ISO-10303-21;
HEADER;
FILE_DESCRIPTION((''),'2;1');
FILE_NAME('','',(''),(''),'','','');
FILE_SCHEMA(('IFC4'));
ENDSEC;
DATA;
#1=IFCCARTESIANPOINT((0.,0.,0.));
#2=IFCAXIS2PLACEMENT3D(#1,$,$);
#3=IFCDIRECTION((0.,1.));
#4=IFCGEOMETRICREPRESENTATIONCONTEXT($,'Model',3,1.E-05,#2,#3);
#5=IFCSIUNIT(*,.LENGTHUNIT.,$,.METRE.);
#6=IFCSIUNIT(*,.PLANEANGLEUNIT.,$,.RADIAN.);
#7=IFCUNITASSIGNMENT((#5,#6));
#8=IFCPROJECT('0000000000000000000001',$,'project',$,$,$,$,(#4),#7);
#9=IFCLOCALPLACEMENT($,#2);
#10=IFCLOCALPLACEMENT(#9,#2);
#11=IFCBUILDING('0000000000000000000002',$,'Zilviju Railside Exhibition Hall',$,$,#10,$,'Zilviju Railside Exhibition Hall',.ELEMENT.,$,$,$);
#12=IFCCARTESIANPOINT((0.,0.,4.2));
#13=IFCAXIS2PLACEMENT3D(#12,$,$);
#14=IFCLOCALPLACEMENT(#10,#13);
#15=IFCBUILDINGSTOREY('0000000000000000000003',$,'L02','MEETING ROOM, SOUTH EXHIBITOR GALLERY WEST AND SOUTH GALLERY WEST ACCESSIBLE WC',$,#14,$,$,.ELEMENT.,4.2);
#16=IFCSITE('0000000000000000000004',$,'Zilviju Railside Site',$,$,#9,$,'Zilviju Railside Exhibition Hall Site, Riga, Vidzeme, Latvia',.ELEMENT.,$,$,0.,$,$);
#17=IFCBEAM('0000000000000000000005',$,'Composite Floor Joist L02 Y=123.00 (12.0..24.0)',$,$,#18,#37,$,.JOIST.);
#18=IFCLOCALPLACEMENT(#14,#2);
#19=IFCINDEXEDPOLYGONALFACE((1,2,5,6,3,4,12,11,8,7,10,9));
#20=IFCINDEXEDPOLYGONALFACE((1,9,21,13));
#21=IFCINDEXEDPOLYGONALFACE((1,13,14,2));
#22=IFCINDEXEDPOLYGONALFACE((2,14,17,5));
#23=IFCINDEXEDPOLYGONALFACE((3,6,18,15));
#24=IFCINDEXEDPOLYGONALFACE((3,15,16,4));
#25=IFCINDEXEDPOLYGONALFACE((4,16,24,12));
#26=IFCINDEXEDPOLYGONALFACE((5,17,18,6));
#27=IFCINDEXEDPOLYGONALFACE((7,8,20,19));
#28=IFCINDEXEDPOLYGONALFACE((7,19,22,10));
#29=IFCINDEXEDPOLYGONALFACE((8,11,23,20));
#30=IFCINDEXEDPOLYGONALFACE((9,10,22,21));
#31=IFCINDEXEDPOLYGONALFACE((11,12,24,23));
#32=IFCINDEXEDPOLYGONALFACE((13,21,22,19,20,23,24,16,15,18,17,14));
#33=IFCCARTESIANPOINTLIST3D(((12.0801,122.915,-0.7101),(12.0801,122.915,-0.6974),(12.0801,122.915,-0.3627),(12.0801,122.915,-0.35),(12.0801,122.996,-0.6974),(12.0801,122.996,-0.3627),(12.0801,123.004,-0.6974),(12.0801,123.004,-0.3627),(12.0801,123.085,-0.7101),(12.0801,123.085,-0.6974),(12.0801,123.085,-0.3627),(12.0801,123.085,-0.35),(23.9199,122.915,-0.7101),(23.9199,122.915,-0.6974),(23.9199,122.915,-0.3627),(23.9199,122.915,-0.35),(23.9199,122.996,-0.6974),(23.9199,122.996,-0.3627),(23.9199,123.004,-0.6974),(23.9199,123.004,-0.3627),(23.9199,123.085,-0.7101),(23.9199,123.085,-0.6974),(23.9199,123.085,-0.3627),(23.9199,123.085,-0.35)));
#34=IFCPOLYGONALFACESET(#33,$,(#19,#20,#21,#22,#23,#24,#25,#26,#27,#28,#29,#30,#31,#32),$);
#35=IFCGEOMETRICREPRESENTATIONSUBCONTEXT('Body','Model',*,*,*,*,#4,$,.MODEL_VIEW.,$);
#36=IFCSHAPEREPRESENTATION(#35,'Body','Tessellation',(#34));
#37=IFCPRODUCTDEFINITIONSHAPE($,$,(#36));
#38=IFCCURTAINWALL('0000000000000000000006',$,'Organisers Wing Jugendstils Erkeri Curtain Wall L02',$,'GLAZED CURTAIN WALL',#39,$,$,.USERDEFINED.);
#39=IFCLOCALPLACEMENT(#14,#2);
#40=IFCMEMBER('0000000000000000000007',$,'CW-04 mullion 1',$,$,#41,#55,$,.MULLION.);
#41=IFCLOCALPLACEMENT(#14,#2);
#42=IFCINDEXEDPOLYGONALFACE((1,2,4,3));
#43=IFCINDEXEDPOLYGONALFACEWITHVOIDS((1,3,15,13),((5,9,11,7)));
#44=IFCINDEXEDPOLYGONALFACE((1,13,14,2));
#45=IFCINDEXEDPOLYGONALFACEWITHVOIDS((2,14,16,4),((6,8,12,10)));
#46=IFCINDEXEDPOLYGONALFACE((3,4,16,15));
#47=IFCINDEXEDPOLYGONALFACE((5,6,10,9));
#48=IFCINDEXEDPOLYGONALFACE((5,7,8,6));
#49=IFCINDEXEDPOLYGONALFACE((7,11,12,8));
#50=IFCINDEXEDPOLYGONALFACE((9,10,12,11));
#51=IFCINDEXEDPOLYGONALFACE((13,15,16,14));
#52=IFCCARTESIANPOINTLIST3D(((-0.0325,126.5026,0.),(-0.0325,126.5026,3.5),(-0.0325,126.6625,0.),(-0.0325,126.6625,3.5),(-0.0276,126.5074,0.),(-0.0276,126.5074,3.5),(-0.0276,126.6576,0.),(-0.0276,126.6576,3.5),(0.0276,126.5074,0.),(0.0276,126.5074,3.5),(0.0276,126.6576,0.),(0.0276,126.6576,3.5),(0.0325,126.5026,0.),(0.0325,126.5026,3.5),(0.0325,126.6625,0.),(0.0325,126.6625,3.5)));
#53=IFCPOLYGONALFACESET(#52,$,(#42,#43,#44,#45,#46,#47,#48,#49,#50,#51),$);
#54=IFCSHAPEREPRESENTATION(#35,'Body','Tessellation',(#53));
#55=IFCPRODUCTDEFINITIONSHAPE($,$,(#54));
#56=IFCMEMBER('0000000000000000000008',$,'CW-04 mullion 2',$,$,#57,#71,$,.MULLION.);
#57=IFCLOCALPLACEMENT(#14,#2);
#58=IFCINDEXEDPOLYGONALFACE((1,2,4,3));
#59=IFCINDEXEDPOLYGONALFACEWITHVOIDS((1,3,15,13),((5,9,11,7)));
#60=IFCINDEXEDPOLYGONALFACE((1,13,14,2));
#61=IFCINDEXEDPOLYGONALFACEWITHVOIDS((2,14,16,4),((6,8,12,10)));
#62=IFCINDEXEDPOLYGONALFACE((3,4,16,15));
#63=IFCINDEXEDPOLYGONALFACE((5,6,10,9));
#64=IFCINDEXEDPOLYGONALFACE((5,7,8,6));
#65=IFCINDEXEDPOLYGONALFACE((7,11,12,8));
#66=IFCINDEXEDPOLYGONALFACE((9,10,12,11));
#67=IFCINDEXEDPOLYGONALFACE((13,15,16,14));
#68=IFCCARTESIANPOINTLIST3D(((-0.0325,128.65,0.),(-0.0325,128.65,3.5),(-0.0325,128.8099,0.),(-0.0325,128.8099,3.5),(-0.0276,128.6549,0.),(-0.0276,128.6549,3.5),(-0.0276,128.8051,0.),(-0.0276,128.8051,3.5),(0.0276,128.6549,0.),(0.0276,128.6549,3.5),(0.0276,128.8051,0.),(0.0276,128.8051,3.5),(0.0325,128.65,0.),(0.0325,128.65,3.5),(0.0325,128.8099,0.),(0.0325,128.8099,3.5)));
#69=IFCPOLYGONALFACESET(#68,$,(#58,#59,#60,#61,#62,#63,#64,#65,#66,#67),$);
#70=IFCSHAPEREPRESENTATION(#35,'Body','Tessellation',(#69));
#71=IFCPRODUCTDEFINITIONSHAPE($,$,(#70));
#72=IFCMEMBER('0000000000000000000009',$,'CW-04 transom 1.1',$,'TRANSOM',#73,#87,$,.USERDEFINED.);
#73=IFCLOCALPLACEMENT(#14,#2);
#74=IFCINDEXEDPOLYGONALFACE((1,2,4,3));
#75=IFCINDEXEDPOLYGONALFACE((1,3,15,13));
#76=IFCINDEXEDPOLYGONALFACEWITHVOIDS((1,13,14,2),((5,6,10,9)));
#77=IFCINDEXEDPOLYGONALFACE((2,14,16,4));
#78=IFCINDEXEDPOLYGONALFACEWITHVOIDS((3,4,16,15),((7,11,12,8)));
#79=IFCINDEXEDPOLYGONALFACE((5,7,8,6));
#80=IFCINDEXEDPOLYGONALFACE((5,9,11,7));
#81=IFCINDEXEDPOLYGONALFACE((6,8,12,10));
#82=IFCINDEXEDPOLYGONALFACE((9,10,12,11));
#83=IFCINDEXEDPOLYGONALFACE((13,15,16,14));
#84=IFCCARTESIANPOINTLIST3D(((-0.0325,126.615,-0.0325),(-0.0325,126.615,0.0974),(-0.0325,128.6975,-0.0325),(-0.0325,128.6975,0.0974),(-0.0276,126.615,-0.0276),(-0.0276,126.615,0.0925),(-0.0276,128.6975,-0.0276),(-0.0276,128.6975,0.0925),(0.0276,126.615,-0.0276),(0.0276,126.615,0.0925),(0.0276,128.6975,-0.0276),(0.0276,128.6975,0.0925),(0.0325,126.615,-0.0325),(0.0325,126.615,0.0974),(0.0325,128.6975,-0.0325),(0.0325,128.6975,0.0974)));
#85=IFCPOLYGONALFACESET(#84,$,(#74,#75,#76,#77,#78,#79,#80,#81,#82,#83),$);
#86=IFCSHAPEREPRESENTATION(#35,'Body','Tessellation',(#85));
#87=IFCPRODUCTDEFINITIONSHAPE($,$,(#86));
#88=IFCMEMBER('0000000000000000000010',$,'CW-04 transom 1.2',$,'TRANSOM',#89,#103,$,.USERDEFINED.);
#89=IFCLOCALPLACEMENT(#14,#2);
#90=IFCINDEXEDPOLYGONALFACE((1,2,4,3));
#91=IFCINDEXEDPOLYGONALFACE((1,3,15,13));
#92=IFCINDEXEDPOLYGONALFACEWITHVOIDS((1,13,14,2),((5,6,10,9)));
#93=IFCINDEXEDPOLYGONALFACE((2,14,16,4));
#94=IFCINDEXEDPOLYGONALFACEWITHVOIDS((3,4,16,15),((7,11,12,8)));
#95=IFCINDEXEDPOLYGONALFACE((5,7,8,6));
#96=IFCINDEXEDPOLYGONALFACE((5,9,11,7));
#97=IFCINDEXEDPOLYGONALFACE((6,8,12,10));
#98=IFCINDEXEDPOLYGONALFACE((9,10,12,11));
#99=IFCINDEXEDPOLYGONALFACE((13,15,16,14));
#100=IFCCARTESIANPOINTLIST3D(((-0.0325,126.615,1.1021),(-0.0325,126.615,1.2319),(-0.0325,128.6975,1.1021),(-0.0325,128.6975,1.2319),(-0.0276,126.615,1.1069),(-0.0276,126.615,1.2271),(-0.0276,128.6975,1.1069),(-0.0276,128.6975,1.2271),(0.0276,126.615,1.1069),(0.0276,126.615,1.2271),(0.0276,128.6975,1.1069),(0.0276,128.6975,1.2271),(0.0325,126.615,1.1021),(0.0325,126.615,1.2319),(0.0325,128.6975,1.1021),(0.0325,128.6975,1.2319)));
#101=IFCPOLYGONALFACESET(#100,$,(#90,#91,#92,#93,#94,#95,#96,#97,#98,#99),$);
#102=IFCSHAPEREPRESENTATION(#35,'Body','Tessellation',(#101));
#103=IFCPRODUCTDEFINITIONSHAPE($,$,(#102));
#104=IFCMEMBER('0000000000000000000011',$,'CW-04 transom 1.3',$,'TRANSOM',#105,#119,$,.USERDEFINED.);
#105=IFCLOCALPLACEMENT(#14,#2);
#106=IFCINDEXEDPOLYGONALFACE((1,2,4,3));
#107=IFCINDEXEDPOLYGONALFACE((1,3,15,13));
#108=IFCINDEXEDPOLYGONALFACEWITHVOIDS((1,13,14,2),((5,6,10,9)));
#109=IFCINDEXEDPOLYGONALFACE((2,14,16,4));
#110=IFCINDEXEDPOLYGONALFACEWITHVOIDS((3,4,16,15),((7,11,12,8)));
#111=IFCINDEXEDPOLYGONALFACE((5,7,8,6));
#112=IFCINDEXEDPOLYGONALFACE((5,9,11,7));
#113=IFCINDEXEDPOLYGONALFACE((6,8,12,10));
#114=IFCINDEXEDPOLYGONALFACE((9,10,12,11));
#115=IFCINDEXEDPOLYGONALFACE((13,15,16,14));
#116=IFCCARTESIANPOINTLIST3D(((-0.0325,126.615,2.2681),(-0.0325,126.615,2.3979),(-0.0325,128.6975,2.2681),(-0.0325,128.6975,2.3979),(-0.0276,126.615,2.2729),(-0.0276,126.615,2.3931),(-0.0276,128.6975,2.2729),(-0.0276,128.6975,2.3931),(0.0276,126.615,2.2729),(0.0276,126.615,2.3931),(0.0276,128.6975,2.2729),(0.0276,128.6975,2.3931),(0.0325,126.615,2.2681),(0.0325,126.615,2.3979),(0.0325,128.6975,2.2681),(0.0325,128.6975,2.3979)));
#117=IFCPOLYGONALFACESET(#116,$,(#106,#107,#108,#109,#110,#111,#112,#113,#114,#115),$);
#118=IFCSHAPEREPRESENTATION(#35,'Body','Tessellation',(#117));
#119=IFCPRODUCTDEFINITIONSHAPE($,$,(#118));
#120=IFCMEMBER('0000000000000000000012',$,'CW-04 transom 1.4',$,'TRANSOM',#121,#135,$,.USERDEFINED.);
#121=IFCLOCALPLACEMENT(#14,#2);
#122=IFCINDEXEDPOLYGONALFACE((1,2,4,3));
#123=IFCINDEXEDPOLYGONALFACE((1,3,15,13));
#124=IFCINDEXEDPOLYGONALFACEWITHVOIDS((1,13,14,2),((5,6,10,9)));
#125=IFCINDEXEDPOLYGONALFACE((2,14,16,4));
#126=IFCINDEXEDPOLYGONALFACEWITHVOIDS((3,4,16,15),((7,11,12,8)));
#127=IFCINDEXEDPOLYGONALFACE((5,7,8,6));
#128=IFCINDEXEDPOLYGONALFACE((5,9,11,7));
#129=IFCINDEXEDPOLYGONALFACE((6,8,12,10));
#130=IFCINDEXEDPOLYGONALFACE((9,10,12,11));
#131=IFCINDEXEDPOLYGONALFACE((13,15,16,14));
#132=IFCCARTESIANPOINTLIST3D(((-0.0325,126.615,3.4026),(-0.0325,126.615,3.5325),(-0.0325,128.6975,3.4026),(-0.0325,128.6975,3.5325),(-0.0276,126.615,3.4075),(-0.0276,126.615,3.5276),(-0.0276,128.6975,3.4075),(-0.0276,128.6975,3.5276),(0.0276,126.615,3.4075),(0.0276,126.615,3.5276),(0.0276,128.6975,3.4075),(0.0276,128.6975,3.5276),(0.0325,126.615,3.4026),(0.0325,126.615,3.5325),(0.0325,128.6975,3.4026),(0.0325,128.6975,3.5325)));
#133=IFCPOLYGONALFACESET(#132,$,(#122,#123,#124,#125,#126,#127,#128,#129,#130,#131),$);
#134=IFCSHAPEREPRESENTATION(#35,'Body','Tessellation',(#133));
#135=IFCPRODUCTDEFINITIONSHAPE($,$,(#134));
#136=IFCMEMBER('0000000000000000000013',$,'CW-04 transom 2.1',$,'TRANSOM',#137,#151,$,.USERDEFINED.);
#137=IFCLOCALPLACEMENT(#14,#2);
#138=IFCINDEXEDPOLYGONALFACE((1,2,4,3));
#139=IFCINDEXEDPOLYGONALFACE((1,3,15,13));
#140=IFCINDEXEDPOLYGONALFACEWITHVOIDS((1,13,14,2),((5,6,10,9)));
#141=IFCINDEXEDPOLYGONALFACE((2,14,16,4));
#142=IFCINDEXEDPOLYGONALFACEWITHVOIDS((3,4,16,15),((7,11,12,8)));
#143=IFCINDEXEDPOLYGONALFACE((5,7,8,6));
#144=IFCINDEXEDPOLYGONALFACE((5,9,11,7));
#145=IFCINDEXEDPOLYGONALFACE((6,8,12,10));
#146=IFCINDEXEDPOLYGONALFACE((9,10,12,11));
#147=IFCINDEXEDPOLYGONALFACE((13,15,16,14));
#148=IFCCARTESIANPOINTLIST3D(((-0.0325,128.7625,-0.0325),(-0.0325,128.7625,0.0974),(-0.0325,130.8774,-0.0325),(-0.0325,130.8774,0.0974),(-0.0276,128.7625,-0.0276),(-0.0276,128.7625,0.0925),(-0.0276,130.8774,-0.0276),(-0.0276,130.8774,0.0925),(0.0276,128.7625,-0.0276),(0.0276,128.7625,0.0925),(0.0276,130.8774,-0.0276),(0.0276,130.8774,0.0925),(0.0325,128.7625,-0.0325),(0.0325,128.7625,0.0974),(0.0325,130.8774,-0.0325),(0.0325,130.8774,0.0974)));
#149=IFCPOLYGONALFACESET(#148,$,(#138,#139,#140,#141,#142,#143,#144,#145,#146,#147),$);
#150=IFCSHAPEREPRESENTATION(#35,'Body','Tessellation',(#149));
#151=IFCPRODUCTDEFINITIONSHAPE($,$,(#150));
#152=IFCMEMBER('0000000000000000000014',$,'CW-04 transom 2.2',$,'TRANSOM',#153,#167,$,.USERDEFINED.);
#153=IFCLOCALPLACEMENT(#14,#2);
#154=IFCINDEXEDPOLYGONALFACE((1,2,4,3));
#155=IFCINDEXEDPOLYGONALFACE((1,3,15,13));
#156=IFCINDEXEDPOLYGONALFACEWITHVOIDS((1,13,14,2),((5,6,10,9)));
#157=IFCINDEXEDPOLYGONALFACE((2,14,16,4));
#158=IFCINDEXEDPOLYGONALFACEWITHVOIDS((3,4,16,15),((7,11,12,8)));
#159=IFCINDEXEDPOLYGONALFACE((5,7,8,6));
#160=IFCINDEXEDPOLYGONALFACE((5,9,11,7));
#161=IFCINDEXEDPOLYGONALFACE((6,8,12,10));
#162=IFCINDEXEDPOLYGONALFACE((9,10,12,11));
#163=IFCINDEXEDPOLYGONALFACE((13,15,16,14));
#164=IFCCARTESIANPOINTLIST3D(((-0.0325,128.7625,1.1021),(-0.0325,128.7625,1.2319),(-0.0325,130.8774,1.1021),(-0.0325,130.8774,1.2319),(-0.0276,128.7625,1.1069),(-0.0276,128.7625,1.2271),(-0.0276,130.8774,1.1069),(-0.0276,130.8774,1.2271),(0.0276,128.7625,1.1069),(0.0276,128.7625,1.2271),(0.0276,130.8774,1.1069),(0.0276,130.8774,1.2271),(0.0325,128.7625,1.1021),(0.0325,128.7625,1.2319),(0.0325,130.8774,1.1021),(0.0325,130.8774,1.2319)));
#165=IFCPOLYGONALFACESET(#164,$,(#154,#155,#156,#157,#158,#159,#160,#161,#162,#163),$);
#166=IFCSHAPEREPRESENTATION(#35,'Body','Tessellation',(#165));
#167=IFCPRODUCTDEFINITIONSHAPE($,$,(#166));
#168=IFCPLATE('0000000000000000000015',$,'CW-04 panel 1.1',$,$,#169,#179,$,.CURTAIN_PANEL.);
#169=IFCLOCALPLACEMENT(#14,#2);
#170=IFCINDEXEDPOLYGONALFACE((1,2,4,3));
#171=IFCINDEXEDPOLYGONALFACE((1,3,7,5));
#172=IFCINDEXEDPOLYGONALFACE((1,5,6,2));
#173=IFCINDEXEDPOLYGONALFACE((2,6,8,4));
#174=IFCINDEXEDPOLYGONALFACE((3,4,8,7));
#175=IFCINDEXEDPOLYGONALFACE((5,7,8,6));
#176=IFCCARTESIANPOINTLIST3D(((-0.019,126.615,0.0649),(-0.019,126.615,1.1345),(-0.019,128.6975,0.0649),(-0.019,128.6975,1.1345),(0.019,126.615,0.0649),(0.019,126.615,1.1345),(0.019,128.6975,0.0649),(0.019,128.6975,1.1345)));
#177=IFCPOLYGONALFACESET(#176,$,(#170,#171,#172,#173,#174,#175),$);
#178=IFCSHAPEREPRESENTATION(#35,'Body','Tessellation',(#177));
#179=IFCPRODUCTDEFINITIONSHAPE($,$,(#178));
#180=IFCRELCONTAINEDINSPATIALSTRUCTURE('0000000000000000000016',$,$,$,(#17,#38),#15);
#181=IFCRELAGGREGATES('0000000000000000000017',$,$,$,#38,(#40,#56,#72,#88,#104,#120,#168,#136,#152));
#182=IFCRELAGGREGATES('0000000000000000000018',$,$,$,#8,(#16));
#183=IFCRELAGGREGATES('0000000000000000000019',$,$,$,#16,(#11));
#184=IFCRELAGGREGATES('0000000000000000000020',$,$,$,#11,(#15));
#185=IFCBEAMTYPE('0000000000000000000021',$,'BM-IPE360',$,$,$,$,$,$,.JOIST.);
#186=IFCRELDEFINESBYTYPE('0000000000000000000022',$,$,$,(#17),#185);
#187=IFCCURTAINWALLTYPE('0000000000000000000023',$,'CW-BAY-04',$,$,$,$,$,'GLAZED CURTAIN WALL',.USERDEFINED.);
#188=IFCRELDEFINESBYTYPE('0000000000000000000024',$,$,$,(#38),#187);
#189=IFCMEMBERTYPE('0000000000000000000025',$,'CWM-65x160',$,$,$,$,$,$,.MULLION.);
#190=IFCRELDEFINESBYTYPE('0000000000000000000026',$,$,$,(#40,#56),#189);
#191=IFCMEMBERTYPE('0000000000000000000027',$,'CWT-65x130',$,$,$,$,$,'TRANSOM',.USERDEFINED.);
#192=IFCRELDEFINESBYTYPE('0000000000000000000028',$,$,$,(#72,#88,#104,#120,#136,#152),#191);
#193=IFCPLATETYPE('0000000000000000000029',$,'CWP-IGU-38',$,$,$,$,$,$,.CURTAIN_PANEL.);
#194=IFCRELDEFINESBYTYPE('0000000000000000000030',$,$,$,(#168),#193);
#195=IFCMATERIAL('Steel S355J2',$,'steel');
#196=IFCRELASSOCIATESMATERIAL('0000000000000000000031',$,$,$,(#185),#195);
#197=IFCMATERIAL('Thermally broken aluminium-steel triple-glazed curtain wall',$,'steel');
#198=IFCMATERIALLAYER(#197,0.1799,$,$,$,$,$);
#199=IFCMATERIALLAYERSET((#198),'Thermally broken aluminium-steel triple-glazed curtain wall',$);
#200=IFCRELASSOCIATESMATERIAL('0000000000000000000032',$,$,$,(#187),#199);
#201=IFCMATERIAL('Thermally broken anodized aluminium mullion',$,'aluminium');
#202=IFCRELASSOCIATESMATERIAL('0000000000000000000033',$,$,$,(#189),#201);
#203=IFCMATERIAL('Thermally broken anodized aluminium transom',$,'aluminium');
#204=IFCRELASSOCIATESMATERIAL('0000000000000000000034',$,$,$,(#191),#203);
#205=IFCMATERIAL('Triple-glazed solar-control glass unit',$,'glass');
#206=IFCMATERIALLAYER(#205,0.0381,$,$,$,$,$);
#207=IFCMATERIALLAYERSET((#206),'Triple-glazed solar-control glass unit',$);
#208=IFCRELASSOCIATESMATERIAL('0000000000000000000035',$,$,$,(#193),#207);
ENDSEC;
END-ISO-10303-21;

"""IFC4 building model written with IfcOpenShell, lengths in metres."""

from ifc_helpers import new_model, si_unit, direction, frame, origin, origin_2d, place, context, subcontext, project, spatial, rectangle, hollow_rectangle, i_section, extrude, material, layer, layer_set, material_profile, profile_set, type_object, element, aggregate, save


model = new_model("IFC4")

# Units and contexts
model_context = context("Model", 3, precision=1e-05, world=origin(), true_north=direction((0.0, 1.0)))
body_context = subcontext(model_context, "Body", "Model", "MODEL_VIEW")
ifc_project = project(units=[si_unit("LENGTHUNIT", "METRE"), si_unit("PLANEANGLEUNIT", "RADIAN")], contexts=[model_context])

# Site, building, storey
site_placement = place(None, origin())
site = spatial("IfcSite", under=ifc_project, at=site_placement, Name="Zilviju Railside Site", LongName="Zilviju Railside Exhibition Hall Site, Riga, Vidzeme, Latvia", CompositionType="ELEMENT", RefElevation=0.0)
building_placement = place(site_placement, origin())
building = spatial("IfcBuilding", under=site, at=building_placement, Name="Zilviju Railside Exhibition Hall", LongName="Zilviju Railside Exhibition Hall", CompositionType="ELEMENT")
storey_placement = place(building_placement, frame((0.0, 0.0, 4.2)))
storey = spatial("IfcBuildingStorey", under=building, at=storey_placement, Name="L02", Description="MEETING ROOM, SOUTH EXHIBITOR GALLERY WEST AND SOUTH GALLERY WEST ACCESSIBLE WC", CompositionType="ELEMENT", Elevation=4.2)

# Beam
ifc_material_1 = material(Name="Steel S355J2", Category="steel")
ifc_material_profile_1 = material_profile(ifc_material_1, i_section(OverallWidth=0.1699, OverallDepth=0.3601, WebThickness=0.0081, FlangeThickness=0.0127, at=origin_2d()), Name="IPE 360")
ifc_profile_set_1 = profile_set([ifc_material_profile_1], Name="Steel S355J2")
beam_type_1 = type_object("IfcBeamType", Name="BM-IPE360", PredefinedType="JOIST", material=ifc_profile_set_1)
for number, where, z_axis, x_axis, name in (
    (1, (12.0801, 123.0, -0.53), (1.0, 0.0, 0.0), (0.0, 1.0, 0.0), "Composite Floor Joist L02 Y=123.00 (12.0..24.0)"),
):
    element("IfcBeam", number, at=place(storey_placement, frame(where, z_axis=z_axis, x_axis=x_axis)), inside=storey, type_object=beam_type_1, Name=name, PredefinedType="JOIST", context=body_context, shape_type="SweptSolid", body=[
        extrude(i_section(OverallWidth=0.1699, OverallDepth=0.3601, WebThickness=0.0081, FlangeThickness=0.0127, at=origin_2d()), origin(), (0.0, 0.0, 1.0), 11.8398),
    ])

# Curtain wall, members, plate
ifc_material_2 = material(Name="Thermally broken aluminium-steel triple-glazed curtain wall", Category="steel")
ifc_layer_1 = layer(ifc_material_2, 0.1799)
ifc_layer_set_1 = layer_set([ifc_layer_1], Name="Thermally broken aluminium-steel triple-glazed curtain wall")
curtain_wall_type = type_object("IfcCurtainWallType", Name="CW-BAY-04", ElementType="GLAZED CURTAIN WALL", PredefinedType="USERDEFINED", material=ifc_layer_set_1)
curtain_wall_placement = place(storey_placement, origin())
curtain_wall = element("IfcCurtainWall", 2, at=curtain_wall_placement, inside=storey, type_object=curtain_wall_type, Name="Organisers Wing Jugendstils Erkeri Curtain Wall L02", ObjectType="GLAZED CURTAIN WALL", PredefinedType="USERDEFINED")
ifc_material_3 = material(Name="Thermally broken anodized aluminium mullion", Category="aluminium")
ifc_material_profile_2 = material_profile(ifc_material_3, hollow_rectangle(XDim=0.0649, YDim=0.1599, WallThickness=0.0049, at=origin_2d()), Name="MULLION 160x65x5")
ifc_profile_set_2 = profile_set([ifc_material_profile_2], Name="Thermally broken anodized aluminium mullion")
member_type_1 = type_object("IfcMemberType", Name="CWM-65x160", PredefinedType="MULLION", material=ifc_profile_set_2)
member_1_placement = place(storey_placement, frame((0.0, 126.5825, 0.0), z_axis=(0.0, 0.0, 1.0), x_axis=(-1.0, 0.0, 0.0)))
member_1 = element("IfcMember", 3, at=member_1_placement, type_object=member_type_1, Name="CW-04 mullion 1", PredefinedType="MULLION", context=body_context, shape_type="SweptSolid", body=[
    extrude(hollow_rectangle(XDim=0.0649, YDim=0.1599, WallThickness=0.0049, at=origin_2d()), origin(), (0.0, 0.0, 1.0), 3.5),
])
member_2_placement = place(storey_placement, frame((0.0, 128.73, 0.0), z_axis=(0.0, 0.0, 1.0), x_axis=(-1.0, 0.0, 0.0)))
member_2 = element("IfcMember", 4, at=member_2_placement, type_object=member_type_1, Name="CW-04 mullion 2", PredefinedType="MULLION", context=body_context, shape_type="SweptSolid", body=[
    extrude(hollow_rectangle(XDim=0.0649, YDim=0.1599, WallThickness=0.0049, at=origin_2d()), origin(), (0.0, 0.0, 1.0), 3.5),
])
ifc_material_4 = material(Name="Thermally broken anodized aluminium transom", Category="aluminium")
ifc_material_profile_3 = material_profile(ifc_material_4, hollow_rectangle(XDim=0.0649, YDim=0.1299, WallThickness=0.0049, at=origin_2d()), Name="TRANSOM 130x65x5")
ifc_profile_set_3 = profile_set([ifc_material_profile_3], Name="Thermally broken anodized aluminium transom")
member_type_2 = type_object("IfcMemberType", Name="CWT-65x130", ElementType="TRANSOM", PredefinedType="USERDEFINED", material=ifc_profile_set_3)
member_3_placement = place(storey_placement, frame((0.0, 126.615, 0.0325), z_axis=(0.0, 1.0, 0.0), x_axis=(-1.0, 0.0, 0.0)))
member_3 = element("IfcMember", 5, at=member_3_placement, type_object=member_type_2, Name="CW-04 transom 1.1", ObjectType="TRANSOM", PredefinedType="USERDEFINED", context=body_context, shape_type="SweptSolid", body=[
    extrude(hollow_rectangle(XDim=0.0649, YDim=0.1299, WallThickness=0.0049, at=origin_2d()), origin(), (0.0, 0.0, 1.0), 2.0825),
])
member_4_placement = place(storey_placement, frame((0.0, 126.615, 1.167), z_axis=(0.0, 1.0, 0.0), x_axis=(-1.0, 0.0, 0.0)))
member_4 = element("IfcMember", 6, at=member_4_placement, type_object=member_type_2, Name="CW-04 transom 1.2", ObjectType="TRANSOM", PredefinedType="USERDEFINED", context=body_context, shape_type="SweptSolid", body=[
    extrude(hollow_rectangle(XDim=0.0649, YDim=0.1299, WallThickness=0.0049, at=origin_2d()), origin(), (0.0, 0.0, 1.0), 2.0825),
])
member_5_placement = place(storey_placement, frame((0.0, 126.615, 2.333), z_axis=(0.0, 1.0, 0.0), x_axis=(-1.0, 0.0, 0.0)))
member_5 = element("IfcMember", 7, at=member_5_placement, type_object=member_type_2, Name="CW-04 transom 1.3", ObjectType="TRANSOM", PredefinedType="USERDEFINED", context=body_context, shape_type="SweptSolid", body=[
    extrude(hollow_rectangle(XDim=0.0649, YDim=0.1299, WallThickness=0.0049, at=origin_2d()), origin(), (0.0, 0.0, 1.0), 2.0825),
])
member_6_placement = place(storey_placement, frame((0.0, 126.615, 3.4675), z_axis=(0.0, 1.0, 0.0), x_axis=(-1.0, 0.0, 0.0)))
member_6 = element("IfcMember", 8, at=member_6_placement, type_object=member_type_2, Name="CW-04 transom 1.4", ObjectType="TRANSOM", PredefinedType="USERDEFINED", context=body_context, shape_type="SweptSolid", body=[
    extrude(hollow_rectangle(XDim=0.0649, YDim=0.1299, WallThickness=0.0049, at=origin_2d()), origin(), (0.0, 0.0, 1.0), 2.0825),
])
member_7_placement = place(storey_placement, frame((0.0, 128.7625, 0.0325), z_axis=(0.0, 1.0, 0.0), x_axis=(-1.0, 0.0, 0.0)))
member_7 = element("IfcMember", 9, at=member_7_placement, type_object=member_type_2, Name="CW-04 transom 2.1", ObjectType="TRANSOM", PredefinedType="USERDEFINED", context=body_context, shape_type="SweptSolid", body=[
    extrude(hollow_rectangle(XDim=0.0649, YDim=0.1299, WallThickness=0.0049, at=origin_2d()), origin(), (0.0, 0.0, 1.0), 2.115),
])
member_8_placement = place(storey_placement, frame((0.0, 128.7625, 1.167), z_axis=(0.0, 1.0, 0.0), x_axis=(-1.0, 0.0, 0.0)))
member_8 = element("IfcMember", 10, at=member_8_placement, type_object=member_type_2, Name="CW-04 transom 2.2", ObjectType="TRANSOM", PredefinedType="USERDEFINED", context=body_context, shape_type="SweptSolid", body=[
    extrude(hollow_rectangle(XDim=0.0649, YDim=0.1299, WallThickness=0.0049, at=origin_2d()), origin(), (0.0, 0.0, 1.0), 2.115),
])
ifc_material_5 = material(Name="Triple-glazed solar-control glass unit", Category="glass")
ifc_layer_2 = layer(ifc_material_5, 0.0381)
ifc_layer_set_2 = layer_set([ifc_layer_2], Name="Triple-glazed solar-control glass unit")
plate_type = type_object("IfcPlateType", Name="CWP-IGU-38", PredefinedType="CURTAIN_PANEL", material=ifc_layer_set_2)
plate_1_placement = place(storey_placement, frame((0.0, 127.6562, 0.0649), z_axis=(0.0, 0.0, 1.0), x_axis=(0.0, 1.0, 0.0)))
plate_1 = element("IfcPlate", 11, at=plate_1_placement, type_object=plate_type, Name="CW-04 panel 1.1", PredefinedType="CURTAIN_PANEL", context=body_context, shape_type="SweptSolid", body=[
    extrude(rectangle(XDim=2.0825, YDim=0.0381, at=origin_2d()), origin(), (0.0, 0.0, 1.0), 1.0696),
])
aggregate(curtain_wall, [member_1, member_2, member_3, member_4, member_5, member_6, plate_1, member_7, member_8])

save(model, "model.ifc")
